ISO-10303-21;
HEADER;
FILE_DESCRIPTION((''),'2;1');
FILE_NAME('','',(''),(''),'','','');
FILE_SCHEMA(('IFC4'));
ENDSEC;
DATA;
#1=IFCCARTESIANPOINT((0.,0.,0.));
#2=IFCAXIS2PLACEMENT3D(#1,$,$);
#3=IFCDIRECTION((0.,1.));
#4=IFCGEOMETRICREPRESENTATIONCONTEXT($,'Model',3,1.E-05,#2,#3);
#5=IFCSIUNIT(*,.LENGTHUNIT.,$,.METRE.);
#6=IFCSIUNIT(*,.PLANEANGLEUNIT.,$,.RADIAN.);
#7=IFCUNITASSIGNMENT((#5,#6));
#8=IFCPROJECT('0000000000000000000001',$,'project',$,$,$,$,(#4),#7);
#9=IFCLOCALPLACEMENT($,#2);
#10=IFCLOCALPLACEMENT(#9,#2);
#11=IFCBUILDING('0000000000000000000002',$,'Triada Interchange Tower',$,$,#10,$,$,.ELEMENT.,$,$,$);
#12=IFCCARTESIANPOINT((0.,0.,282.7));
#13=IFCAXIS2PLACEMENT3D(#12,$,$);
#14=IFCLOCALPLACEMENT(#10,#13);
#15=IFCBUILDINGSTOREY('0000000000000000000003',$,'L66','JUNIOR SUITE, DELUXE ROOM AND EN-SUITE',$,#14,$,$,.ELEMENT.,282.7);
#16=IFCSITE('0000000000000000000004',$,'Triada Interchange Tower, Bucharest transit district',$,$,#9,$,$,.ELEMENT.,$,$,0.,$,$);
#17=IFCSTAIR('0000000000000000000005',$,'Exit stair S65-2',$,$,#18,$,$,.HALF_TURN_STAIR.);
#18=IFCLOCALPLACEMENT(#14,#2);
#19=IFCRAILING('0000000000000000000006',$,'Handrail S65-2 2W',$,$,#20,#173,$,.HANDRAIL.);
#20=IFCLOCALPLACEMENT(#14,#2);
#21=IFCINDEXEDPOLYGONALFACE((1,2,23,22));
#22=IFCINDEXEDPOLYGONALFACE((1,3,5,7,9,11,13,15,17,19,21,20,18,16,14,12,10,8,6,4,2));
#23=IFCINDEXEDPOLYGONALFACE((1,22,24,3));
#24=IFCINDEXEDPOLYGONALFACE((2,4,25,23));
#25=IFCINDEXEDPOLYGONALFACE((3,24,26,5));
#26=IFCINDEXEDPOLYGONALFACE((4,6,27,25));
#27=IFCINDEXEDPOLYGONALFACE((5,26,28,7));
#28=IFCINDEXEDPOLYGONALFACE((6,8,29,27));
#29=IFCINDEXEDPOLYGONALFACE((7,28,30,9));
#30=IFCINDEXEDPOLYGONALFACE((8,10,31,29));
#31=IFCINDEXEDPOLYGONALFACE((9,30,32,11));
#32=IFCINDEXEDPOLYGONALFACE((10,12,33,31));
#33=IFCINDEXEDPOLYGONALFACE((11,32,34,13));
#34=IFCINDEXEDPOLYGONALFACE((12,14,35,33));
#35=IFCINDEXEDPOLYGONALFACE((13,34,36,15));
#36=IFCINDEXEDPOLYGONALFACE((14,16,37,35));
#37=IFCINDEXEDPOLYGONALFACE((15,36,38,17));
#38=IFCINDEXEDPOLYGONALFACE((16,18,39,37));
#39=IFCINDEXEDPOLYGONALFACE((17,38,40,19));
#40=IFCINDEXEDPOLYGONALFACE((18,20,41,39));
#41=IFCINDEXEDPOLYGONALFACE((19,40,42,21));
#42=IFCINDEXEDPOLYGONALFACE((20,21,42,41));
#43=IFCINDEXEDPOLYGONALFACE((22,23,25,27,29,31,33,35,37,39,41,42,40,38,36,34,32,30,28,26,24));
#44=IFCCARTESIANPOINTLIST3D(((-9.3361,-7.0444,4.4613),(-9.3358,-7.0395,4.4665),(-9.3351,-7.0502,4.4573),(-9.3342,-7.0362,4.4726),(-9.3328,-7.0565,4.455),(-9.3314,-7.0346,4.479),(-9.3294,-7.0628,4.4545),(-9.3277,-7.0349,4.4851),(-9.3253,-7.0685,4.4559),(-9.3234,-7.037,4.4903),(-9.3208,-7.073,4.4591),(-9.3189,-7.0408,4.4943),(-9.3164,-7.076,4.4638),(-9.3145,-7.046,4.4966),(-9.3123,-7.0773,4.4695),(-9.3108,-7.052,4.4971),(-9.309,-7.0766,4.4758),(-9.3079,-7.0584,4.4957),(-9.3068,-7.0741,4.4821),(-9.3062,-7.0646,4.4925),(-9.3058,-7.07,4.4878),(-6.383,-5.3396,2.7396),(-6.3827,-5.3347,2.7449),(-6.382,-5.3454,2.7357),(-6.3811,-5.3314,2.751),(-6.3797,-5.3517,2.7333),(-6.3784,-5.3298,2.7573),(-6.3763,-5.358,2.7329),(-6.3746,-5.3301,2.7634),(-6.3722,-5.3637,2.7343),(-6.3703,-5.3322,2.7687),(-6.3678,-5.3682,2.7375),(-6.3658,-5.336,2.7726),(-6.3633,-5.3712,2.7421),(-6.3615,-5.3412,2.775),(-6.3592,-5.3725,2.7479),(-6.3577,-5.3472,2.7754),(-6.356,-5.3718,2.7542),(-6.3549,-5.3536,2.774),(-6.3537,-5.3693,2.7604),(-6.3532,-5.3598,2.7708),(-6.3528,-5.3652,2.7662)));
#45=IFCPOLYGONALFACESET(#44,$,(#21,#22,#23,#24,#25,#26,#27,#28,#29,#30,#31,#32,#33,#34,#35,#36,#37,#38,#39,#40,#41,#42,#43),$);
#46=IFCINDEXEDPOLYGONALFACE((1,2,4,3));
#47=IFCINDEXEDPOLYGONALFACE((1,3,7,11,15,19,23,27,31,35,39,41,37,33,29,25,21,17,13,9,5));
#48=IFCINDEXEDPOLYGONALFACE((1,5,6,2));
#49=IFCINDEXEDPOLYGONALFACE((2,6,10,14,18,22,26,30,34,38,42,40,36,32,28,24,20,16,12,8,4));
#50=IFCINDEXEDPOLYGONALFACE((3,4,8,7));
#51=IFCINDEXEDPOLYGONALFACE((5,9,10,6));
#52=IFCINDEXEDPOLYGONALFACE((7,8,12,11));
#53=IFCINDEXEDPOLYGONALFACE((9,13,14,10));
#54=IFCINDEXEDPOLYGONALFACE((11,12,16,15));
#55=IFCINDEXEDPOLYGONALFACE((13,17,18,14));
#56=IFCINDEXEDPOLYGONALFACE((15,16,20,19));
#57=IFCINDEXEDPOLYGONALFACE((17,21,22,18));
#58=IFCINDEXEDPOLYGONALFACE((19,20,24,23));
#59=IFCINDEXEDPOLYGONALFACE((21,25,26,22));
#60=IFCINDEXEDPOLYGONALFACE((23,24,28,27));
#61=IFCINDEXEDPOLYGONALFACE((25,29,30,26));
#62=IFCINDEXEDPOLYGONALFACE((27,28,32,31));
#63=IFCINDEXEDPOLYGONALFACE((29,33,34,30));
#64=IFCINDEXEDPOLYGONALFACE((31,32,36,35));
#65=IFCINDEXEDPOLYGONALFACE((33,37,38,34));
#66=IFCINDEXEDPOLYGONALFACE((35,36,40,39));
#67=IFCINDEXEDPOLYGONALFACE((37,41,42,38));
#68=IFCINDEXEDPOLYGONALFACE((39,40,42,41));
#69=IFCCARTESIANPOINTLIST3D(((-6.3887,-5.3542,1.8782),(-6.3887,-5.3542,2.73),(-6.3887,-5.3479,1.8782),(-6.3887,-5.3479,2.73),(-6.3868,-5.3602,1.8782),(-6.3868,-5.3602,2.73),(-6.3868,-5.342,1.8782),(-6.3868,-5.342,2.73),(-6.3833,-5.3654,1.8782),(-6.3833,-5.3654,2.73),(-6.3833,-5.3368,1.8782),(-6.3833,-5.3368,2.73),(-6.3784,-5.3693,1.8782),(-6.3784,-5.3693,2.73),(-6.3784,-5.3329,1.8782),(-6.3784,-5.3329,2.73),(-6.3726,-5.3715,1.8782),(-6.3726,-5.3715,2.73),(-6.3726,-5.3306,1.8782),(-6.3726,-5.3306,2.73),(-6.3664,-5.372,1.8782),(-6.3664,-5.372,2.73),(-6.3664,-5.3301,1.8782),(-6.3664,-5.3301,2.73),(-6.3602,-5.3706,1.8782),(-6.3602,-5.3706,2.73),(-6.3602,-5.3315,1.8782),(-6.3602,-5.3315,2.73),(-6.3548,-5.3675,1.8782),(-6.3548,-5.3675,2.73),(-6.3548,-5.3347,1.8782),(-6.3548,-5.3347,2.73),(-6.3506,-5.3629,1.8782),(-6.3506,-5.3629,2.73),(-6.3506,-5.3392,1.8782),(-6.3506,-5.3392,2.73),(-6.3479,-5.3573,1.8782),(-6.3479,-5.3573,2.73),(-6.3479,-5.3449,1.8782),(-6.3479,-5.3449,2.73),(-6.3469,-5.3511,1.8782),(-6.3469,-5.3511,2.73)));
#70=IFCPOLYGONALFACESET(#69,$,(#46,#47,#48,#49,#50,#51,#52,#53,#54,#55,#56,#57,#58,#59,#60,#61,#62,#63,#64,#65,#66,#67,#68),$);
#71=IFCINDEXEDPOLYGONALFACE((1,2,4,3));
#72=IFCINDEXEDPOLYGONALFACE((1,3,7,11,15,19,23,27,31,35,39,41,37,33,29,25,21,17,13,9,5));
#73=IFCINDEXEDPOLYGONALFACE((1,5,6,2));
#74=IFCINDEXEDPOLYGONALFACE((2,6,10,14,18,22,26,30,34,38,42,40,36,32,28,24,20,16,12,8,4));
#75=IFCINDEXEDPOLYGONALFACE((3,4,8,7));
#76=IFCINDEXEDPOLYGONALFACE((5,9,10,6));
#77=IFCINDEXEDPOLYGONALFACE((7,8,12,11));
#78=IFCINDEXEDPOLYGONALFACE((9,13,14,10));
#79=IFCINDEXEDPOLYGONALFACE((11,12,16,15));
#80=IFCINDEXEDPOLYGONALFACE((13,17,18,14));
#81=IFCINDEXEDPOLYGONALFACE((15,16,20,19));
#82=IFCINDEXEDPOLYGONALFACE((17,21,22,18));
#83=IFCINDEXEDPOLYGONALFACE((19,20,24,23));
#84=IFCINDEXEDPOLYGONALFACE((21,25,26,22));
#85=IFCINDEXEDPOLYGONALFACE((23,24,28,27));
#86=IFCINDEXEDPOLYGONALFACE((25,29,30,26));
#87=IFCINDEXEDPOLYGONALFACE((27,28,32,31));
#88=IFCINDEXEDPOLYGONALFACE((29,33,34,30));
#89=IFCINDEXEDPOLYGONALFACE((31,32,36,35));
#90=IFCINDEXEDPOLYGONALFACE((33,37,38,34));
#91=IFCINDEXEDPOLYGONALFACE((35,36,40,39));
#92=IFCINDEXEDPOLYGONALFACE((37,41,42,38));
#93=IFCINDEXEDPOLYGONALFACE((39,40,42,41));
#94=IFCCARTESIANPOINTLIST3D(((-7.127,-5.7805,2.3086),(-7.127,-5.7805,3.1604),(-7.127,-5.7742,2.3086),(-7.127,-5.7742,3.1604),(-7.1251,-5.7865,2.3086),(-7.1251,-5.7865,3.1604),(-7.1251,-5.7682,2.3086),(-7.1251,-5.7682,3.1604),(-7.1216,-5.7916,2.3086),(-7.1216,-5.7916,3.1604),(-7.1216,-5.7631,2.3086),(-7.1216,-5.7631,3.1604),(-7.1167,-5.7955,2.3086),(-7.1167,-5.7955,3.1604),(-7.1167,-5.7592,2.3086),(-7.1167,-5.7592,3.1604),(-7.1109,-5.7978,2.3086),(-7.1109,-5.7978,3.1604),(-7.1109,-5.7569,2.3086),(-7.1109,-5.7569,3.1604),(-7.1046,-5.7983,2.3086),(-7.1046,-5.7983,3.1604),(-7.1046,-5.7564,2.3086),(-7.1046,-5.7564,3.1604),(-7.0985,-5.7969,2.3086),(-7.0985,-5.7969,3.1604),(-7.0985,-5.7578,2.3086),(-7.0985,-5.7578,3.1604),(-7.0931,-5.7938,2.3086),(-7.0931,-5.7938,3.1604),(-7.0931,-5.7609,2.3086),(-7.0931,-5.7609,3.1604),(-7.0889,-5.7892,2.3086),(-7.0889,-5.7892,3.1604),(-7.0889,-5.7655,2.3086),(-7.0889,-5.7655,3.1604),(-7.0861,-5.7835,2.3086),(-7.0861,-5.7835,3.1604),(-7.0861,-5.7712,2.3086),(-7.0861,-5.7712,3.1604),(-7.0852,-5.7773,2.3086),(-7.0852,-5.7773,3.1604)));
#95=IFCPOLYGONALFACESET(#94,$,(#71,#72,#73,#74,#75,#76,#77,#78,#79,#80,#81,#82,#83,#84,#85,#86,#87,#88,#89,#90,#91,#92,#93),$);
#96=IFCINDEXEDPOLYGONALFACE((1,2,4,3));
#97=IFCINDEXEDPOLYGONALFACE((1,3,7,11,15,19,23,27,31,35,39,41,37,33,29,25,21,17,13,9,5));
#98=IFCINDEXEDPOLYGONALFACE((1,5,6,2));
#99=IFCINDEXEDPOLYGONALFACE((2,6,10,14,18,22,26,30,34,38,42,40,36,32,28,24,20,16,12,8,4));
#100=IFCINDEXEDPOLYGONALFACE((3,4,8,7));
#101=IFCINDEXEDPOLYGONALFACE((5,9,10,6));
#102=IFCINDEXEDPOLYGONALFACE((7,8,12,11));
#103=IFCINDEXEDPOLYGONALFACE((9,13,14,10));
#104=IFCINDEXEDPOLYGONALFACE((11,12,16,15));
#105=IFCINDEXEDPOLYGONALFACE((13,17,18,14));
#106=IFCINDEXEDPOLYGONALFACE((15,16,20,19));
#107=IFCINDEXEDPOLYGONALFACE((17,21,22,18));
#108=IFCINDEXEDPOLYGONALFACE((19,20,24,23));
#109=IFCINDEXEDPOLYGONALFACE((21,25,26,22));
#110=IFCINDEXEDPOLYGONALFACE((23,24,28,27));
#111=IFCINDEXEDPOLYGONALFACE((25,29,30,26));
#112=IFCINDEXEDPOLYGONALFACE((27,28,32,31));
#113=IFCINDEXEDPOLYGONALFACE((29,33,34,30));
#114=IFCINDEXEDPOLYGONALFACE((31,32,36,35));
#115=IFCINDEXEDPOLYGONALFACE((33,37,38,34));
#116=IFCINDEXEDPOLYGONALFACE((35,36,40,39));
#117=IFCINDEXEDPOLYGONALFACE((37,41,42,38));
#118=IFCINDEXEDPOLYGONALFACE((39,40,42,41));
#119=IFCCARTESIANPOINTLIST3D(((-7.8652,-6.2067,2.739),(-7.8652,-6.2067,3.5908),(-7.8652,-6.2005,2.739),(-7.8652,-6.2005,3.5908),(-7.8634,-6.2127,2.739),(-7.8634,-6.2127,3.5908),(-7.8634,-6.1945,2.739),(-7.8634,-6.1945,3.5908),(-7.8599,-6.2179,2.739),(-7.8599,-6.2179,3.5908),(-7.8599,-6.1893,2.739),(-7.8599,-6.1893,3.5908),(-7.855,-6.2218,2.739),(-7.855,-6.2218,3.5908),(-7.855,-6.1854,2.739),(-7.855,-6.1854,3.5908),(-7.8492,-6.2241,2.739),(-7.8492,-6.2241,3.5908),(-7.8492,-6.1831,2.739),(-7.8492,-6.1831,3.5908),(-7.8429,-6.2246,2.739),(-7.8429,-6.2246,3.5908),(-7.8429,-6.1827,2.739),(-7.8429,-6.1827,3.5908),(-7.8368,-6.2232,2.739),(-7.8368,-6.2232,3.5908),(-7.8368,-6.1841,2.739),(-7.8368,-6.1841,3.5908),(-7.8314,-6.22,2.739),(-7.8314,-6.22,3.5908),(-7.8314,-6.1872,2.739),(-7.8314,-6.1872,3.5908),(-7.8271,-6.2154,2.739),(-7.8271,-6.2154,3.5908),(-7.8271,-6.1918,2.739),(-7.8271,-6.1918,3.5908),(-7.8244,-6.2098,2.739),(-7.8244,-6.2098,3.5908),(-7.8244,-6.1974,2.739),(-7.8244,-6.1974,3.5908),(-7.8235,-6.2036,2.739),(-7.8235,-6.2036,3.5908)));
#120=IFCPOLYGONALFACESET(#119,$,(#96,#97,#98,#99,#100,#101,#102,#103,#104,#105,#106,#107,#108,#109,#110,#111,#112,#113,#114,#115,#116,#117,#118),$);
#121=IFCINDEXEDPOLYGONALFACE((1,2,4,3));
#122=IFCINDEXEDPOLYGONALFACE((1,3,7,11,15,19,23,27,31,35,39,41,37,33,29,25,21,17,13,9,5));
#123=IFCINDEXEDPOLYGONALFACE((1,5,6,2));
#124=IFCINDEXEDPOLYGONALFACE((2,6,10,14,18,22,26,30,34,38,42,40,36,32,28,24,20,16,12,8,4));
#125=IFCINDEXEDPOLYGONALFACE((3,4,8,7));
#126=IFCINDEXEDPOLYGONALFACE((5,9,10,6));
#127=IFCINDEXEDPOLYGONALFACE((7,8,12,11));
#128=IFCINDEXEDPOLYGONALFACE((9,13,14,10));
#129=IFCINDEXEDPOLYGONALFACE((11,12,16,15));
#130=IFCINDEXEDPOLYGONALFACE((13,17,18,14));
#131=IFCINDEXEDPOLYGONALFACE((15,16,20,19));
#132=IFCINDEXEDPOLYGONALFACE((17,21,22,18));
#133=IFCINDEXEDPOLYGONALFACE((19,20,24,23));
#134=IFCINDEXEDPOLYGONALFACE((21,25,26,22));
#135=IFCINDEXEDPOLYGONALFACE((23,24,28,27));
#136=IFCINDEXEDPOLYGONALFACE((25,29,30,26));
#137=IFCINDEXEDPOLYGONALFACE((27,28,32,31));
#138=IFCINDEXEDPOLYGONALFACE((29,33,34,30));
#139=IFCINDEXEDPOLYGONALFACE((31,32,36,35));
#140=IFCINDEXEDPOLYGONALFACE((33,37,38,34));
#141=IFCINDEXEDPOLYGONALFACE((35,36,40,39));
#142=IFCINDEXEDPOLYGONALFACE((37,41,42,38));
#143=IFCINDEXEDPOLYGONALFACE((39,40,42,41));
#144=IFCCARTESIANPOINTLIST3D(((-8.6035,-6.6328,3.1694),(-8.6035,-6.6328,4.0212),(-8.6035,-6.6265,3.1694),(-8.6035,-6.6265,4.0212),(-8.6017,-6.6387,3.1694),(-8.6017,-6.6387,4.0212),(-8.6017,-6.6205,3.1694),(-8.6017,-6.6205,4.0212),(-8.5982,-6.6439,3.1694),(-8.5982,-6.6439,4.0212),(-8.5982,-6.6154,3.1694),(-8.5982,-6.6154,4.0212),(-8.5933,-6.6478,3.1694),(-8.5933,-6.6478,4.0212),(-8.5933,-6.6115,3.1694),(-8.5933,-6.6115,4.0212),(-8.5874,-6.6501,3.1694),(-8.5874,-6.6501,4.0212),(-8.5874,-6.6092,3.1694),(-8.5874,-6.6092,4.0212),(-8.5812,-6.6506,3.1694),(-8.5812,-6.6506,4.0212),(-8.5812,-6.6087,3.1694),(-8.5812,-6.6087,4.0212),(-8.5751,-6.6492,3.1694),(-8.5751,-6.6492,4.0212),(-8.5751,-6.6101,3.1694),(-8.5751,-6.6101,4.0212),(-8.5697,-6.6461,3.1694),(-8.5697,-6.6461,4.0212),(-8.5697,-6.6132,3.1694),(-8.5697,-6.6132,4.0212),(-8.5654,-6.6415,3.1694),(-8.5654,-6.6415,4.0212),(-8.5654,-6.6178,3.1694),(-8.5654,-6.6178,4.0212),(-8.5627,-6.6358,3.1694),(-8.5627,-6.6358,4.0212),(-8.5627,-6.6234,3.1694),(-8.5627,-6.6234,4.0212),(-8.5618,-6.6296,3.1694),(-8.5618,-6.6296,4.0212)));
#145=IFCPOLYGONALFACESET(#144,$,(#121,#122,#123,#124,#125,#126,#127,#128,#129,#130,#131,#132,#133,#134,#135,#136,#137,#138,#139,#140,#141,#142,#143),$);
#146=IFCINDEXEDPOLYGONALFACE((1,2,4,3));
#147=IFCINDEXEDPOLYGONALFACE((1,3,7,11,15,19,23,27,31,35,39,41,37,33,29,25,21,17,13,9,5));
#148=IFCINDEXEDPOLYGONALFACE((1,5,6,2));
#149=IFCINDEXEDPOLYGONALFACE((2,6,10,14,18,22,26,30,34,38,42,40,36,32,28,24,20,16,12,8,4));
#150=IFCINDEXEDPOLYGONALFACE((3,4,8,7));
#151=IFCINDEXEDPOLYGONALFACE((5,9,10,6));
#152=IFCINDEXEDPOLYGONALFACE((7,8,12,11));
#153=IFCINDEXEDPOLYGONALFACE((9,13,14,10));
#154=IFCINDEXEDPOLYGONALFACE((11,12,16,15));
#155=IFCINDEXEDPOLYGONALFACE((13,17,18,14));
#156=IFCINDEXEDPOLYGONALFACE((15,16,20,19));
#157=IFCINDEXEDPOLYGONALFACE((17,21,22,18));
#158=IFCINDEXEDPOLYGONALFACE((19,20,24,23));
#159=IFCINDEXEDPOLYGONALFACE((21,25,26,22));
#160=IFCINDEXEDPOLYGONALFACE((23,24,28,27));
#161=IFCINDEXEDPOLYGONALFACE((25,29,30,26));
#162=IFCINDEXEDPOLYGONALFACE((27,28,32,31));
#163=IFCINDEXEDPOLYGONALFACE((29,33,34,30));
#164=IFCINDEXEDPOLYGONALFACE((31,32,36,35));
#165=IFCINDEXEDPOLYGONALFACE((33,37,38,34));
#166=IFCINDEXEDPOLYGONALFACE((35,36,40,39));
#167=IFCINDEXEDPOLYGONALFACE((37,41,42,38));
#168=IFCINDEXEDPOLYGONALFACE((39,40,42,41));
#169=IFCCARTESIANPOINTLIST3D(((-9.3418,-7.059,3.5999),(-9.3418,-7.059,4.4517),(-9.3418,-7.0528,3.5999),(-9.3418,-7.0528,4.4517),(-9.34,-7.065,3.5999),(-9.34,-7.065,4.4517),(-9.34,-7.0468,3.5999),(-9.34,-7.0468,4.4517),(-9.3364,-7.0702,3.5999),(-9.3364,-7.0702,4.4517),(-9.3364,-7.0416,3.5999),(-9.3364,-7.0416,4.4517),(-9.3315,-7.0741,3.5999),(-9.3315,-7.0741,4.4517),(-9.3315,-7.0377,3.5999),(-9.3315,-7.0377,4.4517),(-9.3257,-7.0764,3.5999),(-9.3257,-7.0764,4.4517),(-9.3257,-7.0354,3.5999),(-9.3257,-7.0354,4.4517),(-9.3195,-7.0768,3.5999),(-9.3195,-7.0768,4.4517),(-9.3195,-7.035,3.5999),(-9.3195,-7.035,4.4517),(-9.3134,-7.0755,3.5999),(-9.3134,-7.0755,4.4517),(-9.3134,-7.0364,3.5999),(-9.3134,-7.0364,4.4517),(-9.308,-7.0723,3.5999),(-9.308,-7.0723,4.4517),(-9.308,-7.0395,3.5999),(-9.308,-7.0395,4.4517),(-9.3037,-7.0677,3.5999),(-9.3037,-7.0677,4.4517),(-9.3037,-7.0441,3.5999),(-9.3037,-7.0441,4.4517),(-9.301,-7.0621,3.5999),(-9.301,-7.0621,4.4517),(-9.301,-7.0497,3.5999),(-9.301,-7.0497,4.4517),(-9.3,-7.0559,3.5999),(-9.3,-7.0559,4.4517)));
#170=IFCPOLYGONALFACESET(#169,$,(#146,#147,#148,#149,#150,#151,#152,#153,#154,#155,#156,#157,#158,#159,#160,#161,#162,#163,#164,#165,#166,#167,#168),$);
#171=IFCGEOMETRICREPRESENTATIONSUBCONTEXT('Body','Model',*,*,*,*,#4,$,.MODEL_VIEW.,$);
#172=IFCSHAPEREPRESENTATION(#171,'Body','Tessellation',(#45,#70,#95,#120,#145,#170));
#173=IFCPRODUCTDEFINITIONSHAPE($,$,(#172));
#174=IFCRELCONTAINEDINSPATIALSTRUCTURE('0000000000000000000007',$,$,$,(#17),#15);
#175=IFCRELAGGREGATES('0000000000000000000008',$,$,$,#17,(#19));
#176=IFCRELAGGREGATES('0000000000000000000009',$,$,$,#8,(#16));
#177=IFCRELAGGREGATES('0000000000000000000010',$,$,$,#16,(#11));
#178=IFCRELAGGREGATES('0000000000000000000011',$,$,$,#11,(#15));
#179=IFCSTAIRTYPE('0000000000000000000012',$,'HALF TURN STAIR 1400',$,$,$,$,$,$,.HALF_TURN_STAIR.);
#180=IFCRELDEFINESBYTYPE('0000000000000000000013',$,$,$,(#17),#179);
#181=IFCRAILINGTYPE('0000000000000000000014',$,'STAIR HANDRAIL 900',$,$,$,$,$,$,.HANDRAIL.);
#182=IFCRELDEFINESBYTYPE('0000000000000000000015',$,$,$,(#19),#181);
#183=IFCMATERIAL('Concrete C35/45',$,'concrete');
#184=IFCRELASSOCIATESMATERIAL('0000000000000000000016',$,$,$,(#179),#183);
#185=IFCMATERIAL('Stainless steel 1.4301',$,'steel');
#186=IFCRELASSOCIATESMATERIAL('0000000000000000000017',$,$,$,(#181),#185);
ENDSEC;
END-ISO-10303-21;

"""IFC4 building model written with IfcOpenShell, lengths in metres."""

from ifc_helpers import new_model, si_unit, direction, frame, origin, origin_2d, place, context, subcontext, project, spatial, circle, extrude, material, type_object, element, aggregate, save


model = new_model("IFC4")

# Units and contexts
model_context = context("Model", 3, precision=1e-05, world=origin(), true_north=direction((0.0, 1.0)))
body_context = subcontext(model_context, "Body", "Model", "MODEL_VIEW")
ifc_project = project(units=[si_unit("LENGTHUNIT", "METRE"), si_unit("PLANEANGLEUNIT", "RADIAN")], contexts=[model_context])

# Site, building, storey
site_placement = place(None, origin())
site = spatial("IfcSite", under=ifc_project, at=site_placement, Name="Triada Interchange Tower, Bucharest transit district", CompositionType="ELEMENT", RefElevation=0.0)
building_placement = place(site_placement, origin())
building = spatial("IfcBuilding", under=site, at=building_placement, Name="Triada Interchange Tower", CompositionType="ELEMENT")
storey_placement = place(building_placement, frame((0.0, 0.0, 282.7)))
storey = spatial("IfcBuildingStorey", under=building, at=storey_placement, Name="L66", Description="JUNIOR SUITE, DELUXE ROOM AND EN-SUITE", CompositionType="ELEMENT", Elevation=282.7)

# Stair
ifc_material_1 = material(Name="Concrete C35/45", Category="concrete")
stair_type = type_object("IfcStairType", Name="HALF TURN STAIR 1400", PredefinedType="HALF_TURN_STAIR", material=ifc_material_1)
stair_placement = place(storey_placement, origin())
stair = element("IfcStair", 1, at=stair_placement, inside=storey, type_object=stair_type, Name="Exit stair S65-2", PredefinedType="HALF_TURN_STAIR")

# Railing
ifc_material_2 = material(Name="Stainless steel 1.4301", Category="steel")
railing_type = type_object("IfcRailingType", Name="STAIR HANDRAIL 900", PredefinedType="HANDRAIL", material=ifc_material_2)
railing_1_placement = place(storey_placement, frame((-6.3679, -5.3511, 1.8782)))
railing_1 = element("IfcRailing", 2, at=railing_1_placement, type_object=railing_type, Name="Handrail S65-2 2W", PredefinedType="HANDRAIL", context=body_context, shape_type="SweptSolid", body=[
    extrude(circle(Radius=0.0239, at=origin_2d()), frame((0.0, 0.0, 0.876), z_axis=(-0.773091, -0.446304, 0.450714), x_axis=(0.499966, -0.866045, 0.0)), (0.0, 0.0, 1.0), 3.8198),
    extrude(circle(Radius=0.021, at=origin_2d()), origin(), (0.0, 0.0, 1.0), 0.8518),
    extrude(circle(Radius=0.021, at=origin_2d()), frame((-0.7383, -0.4263, 0.4304)), (0.0, 0.0, 1.0), 0.8518),
    extrude(circle(Radius=0.021, at=origin_2d()), frame((-1.4766, -0.8525, 0.8608)), (0.0, 0.0, 1.0), 0.8518),
    extrude(circle(Radius=0.021, at=origin_2d()), frame((-2.2148, -1.2786, 1.2913)), (0.0, 0.0, 1.0), 0.8518),
    extrude(circle(Radius=0.021, at=origin_2d()), frame((-2.9531, -1.7048, 1.7217)), (0.0, 0.0, 1.0), 0.8518),
])
aggregate(stair, [railing_1])

save(model, "model.ifc")
